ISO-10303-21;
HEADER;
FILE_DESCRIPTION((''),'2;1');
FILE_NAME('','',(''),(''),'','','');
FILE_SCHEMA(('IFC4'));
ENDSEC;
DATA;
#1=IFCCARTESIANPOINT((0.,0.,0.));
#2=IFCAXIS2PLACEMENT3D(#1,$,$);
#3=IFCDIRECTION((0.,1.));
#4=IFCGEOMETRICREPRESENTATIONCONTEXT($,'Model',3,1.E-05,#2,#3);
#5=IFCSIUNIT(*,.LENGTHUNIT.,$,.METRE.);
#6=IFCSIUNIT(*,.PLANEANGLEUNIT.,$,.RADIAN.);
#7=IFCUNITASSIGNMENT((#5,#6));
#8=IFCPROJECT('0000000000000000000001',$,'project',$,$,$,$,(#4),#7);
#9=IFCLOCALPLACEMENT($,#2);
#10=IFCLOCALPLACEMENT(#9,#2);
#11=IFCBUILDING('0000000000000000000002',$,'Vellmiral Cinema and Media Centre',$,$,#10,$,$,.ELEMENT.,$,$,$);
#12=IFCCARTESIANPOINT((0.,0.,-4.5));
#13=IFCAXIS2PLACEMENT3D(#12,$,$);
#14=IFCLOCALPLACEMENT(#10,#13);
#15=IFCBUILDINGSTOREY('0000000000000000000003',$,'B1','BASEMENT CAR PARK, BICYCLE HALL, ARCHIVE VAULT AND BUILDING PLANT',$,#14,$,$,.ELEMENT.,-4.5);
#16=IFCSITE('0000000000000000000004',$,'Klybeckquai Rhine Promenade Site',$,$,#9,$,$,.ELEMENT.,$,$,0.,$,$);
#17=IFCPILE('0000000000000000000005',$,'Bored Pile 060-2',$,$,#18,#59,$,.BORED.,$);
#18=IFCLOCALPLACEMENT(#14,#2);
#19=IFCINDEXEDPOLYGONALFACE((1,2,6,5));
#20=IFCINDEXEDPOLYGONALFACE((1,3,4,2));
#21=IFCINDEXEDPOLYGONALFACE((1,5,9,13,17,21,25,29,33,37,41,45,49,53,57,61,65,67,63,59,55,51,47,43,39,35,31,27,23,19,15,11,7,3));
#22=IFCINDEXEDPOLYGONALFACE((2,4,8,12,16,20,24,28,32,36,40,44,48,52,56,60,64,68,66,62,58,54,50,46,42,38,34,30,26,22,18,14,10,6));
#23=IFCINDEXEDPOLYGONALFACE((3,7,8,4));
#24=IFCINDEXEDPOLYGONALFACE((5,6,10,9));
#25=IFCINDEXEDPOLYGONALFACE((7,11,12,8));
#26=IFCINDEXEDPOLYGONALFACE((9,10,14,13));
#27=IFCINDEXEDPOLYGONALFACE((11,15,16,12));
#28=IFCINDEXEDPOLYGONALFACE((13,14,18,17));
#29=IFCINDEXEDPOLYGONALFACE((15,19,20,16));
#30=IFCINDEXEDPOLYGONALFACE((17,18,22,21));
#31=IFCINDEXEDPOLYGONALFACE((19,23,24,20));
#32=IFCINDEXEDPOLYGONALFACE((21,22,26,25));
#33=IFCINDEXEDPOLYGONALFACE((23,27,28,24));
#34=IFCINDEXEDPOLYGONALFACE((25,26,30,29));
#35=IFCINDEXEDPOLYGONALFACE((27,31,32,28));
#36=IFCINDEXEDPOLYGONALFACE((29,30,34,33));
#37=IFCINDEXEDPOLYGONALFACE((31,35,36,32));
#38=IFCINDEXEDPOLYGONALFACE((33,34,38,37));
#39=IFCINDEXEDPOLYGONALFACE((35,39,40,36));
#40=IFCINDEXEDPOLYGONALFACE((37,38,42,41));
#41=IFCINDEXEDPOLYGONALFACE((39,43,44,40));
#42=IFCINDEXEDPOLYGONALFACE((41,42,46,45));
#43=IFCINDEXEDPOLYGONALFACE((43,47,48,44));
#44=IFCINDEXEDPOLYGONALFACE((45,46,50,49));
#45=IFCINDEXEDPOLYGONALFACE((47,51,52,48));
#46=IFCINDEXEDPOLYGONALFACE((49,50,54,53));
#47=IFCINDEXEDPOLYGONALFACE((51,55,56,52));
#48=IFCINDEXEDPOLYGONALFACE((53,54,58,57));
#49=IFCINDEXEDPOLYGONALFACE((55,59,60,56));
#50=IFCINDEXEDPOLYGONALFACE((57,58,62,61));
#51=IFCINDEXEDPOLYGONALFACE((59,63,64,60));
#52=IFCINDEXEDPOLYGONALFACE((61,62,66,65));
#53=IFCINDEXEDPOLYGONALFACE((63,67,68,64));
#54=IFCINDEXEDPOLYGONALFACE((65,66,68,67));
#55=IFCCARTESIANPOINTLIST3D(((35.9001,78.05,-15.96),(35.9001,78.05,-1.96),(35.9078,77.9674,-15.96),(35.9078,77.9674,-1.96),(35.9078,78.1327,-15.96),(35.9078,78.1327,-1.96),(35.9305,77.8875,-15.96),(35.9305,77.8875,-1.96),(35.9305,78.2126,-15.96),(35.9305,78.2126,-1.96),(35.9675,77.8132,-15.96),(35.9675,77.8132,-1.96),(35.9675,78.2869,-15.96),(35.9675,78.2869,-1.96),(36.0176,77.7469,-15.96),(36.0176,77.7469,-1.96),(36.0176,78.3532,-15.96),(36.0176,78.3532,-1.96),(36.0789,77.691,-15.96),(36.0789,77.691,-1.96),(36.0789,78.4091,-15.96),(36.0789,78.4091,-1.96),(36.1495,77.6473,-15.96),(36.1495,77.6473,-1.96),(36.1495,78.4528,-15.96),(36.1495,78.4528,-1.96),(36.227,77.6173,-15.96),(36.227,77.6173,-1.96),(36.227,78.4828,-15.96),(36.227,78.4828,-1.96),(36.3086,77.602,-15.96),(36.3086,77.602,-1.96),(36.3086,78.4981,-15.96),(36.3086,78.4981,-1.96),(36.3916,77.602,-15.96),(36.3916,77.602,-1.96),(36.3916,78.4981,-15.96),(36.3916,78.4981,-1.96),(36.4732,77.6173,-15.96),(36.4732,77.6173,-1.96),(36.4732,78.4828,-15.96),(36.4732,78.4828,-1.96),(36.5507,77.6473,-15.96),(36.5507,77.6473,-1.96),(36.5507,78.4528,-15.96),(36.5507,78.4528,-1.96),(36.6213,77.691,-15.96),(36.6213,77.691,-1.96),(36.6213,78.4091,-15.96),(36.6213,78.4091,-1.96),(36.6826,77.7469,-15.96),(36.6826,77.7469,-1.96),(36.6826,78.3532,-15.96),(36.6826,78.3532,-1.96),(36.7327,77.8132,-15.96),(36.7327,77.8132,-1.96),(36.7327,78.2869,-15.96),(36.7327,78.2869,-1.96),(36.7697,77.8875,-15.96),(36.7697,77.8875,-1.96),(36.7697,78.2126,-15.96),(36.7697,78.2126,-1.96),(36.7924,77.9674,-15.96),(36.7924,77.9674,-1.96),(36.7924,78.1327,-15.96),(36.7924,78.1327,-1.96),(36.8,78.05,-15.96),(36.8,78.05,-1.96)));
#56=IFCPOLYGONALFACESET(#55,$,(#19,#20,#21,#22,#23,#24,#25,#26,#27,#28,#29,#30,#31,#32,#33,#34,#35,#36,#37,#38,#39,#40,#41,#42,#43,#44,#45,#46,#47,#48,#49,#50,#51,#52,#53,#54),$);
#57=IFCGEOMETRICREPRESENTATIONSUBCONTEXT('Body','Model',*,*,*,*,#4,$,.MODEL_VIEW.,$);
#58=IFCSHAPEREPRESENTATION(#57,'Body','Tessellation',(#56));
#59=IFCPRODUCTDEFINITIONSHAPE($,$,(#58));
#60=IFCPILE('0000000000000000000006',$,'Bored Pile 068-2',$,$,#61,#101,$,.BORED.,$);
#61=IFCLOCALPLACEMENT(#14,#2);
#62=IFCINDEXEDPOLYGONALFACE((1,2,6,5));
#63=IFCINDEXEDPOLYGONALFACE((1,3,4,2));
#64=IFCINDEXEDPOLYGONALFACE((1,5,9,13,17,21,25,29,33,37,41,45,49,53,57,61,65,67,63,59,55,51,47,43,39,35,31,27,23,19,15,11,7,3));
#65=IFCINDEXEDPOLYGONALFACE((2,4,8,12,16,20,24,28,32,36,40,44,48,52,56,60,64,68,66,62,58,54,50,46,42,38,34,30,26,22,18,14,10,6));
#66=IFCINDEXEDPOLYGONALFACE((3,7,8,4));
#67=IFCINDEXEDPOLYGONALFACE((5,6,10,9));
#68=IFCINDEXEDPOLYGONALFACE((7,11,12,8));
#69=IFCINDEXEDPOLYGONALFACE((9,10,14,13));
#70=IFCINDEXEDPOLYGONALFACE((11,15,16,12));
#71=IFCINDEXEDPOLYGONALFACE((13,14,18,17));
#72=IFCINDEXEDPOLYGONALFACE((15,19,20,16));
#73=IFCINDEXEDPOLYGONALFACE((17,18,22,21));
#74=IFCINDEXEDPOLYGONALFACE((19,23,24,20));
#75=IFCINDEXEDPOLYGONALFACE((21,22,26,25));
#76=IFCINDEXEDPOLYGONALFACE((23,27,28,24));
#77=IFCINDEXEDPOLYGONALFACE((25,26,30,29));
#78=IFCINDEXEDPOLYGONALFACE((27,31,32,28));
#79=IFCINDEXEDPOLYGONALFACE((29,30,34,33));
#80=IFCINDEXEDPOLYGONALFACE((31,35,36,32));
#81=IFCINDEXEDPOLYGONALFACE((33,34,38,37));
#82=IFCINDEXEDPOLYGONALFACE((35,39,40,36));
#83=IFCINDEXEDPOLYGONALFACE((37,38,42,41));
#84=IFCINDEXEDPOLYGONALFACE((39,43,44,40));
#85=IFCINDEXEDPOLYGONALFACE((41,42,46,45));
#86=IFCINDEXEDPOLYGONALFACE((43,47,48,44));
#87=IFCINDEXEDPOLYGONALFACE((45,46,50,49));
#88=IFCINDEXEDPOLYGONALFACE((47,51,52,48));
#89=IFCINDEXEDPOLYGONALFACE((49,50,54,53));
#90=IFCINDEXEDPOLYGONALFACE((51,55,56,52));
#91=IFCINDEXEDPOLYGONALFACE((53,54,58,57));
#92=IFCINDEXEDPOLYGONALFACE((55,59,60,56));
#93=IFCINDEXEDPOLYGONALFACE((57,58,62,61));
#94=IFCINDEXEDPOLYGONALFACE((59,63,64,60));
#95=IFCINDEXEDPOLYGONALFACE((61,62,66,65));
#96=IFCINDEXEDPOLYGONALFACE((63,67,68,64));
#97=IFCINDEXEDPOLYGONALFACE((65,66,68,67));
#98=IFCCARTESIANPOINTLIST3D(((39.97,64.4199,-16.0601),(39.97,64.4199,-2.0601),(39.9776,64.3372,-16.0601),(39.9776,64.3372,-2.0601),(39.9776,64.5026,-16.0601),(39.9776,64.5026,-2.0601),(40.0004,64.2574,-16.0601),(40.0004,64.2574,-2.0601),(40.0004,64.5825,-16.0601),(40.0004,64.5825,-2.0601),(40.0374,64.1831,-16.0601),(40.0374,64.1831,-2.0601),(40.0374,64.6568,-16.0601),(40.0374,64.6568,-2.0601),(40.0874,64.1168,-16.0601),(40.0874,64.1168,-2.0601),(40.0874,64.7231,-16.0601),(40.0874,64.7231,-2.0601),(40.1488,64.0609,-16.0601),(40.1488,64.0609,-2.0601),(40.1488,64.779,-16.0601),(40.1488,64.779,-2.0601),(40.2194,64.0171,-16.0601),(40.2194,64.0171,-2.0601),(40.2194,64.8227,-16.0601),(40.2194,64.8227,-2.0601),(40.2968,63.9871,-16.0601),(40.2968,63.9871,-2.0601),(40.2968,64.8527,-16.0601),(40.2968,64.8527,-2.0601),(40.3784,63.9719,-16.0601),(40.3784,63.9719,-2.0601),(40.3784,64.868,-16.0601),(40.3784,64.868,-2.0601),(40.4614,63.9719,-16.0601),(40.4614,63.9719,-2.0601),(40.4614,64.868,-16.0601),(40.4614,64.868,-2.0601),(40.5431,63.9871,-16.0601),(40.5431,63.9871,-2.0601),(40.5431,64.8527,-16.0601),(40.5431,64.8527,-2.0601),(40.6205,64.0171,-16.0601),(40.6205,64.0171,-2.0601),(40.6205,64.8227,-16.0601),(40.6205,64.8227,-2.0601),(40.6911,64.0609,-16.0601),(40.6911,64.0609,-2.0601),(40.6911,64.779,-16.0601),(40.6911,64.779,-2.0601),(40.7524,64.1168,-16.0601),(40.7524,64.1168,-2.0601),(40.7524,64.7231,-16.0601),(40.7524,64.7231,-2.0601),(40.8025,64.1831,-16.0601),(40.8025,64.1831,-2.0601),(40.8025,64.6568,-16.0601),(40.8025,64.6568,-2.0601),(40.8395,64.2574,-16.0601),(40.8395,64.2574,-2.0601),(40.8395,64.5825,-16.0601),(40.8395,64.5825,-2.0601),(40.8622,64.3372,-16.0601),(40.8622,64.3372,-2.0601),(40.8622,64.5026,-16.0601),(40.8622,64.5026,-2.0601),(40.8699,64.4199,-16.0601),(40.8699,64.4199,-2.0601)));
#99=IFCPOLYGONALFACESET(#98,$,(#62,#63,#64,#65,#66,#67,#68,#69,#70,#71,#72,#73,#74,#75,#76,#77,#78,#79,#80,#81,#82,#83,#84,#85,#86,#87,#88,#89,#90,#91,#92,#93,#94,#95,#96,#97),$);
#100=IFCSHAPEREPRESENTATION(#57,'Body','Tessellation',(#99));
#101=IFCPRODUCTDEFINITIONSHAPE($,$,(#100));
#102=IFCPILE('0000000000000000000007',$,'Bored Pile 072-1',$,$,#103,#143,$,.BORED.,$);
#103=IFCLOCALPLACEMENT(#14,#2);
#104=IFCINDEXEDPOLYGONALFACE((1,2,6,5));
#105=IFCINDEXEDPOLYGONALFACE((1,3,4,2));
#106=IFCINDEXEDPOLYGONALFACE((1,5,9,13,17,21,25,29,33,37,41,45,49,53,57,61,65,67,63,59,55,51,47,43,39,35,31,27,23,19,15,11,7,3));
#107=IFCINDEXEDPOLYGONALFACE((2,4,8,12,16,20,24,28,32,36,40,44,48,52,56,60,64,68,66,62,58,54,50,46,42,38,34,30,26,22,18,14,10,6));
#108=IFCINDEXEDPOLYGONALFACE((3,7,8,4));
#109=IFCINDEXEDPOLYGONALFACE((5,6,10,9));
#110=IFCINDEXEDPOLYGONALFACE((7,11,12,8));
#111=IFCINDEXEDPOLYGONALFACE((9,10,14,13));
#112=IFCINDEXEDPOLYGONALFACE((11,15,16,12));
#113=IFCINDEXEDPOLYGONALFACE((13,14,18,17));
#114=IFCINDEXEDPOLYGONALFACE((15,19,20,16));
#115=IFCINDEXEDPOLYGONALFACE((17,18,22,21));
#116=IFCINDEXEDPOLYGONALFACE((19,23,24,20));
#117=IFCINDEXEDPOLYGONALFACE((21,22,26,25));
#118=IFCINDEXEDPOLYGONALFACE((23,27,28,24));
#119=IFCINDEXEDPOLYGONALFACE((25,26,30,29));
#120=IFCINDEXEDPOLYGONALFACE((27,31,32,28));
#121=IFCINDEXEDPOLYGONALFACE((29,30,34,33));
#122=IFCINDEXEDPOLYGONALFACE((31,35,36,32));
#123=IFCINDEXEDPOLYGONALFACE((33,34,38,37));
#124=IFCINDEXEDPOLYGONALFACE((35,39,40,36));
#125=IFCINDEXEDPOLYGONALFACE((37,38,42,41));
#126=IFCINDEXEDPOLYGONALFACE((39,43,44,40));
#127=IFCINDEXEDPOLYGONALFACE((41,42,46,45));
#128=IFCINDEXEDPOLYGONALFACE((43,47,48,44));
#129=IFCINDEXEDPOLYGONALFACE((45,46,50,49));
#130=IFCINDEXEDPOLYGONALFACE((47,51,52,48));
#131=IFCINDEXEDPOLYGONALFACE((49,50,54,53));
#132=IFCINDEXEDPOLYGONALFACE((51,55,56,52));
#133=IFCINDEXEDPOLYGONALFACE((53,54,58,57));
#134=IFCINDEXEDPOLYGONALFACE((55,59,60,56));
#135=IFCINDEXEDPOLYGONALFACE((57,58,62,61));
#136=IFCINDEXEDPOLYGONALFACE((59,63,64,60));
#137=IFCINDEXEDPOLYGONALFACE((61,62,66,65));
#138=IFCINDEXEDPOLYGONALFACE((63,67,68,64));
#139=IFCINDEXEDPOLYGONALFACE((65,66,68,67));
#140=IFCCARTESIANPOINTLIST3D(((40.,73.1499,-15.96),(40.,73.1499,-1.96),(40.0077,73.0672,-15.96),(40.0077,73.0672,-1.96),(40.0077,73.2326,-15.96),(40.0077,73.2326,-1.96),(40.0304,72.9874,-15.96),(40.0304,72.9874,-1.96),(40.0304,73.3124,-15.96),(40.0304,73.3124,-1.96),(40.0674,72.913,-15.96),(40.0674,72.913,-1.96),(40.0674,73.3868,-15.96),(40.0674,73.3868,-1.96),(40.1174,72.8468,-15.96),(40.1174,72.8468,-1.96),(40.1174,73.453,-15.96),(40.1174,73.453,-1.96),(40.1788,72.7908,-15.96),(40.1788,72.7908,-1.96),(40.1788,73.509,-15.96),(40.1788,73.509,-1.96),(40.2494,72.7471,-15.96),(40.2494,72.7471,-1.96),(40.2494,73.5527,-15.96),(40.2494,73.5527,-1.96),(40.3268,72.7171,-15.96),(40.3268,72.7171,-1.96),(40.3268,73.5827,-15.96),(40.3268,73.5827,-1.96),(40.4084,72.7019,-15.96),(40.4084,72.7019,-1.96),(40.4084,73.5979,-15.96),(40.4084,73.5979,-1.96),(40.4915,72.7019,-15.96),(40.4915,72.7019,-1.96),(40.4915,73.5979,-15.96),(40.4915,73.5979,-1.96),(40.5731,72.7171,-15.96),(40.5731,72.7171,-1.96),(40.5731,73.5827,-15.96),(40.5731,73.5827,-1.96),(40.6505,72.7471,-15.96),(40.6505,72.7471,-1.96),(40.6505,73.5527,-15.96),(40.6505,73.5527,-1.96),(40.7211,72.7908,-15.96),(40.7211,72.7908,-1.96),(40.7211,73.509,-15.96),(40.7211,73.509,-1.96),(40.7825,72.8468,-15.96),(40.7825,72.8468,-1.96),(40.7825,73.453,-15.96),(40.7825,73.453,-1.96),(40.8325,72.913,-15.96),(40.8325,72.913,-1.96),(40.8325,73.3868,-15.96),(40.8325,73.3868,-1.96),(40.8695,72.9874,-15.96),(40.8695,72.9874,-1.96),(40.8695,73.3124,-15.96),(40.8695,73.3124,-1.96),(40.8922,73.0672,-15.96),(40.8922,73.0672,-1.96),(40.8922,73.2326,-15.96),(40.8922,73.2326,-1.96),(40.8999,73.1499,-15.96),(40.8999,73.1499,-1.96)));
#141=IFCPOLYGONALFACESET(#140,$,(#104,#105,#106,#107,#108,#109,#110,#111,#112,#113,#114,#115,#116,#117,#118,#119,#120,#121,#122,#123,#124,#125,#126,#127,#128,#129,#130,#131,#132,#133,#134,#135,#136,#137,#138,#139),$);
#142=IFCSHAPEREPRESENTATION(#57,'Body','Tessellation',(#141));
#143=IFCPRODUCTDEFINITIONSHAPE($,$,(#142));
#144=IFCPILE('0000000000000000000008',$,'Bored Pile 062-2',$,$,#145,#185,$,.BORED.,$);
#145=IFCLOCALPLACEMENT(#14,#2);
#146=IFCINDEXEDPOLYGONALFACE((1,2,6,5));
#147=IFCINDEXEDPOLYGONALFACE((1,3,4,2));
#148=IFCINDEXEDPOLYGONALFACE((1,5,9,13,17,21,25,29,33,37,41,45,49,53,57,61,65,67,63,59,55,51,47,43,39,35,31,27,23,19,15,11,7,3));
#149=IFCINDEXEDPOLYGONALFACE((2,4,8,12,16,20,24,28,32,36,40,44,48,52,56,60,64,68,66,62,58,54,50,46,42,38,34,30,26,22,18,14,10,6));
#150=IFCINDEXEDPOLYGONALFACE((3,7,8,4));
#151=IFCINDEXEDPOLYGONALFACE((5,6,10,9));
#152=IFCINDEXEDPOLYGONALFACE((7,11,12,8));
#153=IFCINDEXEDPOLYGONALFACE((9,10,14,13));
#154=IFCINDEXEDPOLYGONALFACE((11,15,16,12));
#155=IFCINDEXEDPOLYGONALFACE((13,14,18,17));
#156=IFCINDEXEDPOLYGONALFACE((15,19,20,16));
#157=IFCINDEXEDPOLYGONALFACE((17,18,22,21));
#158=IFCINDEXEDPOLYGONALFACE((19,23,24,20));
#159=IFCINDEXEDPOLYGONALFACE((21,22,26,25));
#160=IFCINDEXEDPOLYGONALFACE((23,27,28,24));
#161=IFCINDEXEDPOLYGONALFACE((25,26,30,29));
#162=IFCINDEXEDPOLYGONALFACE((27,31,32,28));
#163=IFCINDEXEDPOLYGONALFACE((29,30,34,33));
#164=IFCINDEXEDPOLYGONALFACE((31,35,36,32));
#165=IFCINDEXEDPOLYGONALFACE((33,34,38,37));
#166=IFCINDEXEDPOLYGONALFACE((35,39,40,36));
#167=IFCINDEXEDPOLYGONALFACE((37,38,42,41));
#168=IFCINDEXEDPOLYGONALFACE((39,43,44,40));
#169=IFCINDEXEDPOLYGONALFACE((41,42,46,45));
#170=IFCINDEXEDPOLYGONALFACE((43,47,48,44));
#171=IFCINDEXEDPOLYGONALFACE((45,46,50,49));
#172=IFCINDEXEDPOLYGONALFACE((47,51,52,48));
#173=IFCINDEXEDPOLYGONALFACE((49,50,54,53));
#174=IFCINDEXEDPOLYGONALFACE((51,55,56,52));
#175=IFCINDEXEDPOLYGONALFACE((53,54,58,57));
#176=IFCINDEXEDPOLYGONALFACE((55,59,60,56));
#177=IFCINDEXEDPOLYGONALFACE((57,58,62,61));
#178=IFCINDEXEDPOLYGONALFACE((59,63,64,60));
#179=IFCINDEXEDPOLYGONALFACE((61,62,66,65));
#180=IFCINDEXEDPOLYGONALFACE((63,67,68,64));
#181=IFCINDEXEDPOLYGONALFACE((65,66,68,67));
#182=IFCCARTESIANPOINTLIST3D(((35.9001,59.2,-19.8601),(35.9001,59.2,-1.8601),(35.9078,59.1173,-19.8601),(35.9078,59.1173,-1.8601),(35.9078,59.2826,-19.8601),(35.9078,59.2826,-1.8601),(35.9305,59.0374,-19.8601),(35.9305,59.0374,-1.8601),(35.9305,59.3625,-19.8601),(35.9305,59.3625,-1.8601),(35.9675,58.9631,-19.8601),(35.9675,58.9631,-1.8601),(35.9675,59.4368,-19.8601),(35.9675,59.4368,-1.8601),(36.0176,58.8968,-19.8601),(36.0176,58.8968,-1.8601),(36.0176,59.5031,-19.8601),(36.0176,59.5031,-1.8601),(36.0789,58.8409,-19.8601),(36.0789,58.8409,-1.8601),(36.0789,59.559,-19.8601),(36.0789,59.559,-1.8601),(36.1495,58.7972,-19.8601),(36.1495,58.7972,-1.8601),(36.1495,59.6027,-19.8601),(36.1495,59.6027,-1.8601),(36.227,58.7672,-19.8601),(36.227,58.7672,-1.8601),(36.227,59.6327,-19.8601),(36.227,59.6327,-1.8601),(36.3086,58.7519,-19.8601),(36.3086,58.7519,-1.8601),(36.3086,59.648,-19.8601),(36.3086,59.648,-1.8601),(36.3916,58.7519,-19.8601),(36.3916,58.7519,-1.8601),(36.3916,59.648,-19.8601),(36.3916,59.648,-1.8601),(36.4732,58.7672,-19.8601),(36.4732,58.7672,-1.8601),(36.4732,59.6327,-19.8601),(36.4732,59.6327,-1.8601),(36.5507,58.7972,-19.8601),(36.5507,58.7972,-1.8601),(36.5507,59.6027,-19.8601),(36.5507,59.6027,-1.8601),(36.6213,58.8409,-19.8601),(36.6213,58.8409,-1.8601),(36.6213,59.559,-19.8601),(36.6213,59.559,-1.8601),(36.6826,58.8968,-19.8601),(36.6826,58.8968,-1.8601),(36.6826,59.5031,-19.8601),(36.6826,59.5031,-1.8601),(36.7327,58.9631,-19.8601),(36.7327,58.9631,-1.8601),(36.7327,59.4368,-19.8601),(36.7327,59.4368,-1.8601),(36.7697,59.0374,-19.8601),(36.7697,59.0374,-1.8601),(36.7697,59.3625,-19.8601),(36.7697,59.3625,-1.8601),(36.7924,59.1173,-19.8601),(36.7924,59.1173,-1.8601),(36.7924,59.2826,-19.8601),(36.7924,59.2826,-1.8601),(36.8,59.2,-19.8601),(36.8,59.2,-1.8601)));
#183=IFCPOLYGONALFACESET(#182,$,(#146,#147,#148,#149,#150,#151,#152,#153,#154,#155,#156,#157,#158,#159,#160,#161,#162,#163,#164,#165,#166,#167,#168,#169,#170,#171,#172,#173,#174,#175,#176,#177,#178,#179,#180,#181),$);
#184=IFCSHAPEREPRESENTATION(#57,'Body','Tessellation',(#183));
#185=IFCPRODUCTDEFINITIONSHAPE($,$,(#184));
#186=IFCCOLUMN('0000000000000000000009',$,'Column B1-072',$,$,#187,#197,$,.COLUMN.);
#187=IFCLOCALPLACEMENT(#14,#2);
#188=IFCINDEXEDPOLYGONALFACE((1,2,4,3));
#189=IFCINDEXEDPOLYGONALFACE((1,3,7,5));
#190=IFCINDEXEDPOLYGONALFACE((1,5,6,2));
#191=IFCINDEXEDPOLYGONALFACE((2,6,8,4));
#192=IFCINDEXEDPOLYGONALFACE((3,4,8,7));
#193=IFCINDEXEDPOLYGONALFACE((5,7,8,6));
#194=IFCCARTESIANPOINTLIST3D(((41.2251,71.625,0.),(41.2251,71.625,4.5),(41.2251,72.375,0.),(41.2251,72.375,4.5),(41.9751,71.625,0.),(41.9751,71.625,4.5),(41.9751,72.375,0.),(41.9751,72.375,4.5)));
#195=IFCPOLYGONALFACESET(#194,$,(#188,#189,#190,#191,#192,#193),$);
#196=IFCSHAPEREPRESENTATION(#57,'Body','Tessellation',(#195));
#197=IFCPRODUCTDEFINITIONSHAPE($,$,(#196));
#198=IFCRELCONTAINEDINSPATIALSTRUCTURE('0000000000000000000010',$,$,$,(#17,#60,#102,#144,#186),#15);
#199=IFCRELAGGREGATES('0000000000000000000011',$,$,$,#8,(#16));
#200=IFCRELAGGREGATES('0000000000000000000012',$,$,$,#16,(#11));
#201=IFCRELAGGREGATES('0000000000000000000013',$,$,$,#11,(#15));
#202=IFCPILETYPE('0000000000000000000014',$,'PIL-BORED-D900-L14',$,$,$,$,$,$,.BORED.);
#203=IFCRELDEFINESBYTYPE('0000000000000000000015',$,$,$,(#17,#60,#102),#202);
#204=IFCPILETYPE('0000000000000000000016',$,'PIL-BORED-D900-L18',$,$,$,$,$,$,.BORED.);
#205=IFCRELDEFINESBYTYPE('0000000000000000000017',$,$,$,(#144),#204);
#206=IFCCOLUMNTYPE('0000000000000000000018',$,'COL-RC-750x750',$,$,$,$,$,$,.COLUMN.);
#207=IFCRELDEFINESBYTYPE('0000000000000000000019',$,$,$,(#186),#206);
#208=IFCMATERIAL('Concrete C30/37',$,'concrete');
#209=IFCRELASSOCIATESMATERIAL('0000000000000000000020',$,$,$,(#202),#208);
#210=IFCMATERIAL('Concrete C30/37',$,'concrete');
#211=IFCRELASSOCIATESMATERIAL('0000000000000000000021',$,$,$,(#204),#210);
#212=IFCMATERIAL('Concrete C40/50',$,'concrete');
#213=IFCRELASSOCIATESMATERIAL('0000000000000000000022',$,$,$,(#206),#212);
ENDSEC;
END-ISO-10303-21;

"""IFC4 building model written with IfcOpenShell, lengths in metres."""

from ifc_helpers import new_model, si_unit, direction, frame, origin, origin_2d, place, context, subcontext, project, spatial, rectangle, circle, extrude, material, material_profile, profile_set, type_object, element, save


model = new_model("IFC4")

# Units and contexts
model_context = context("Model", 3, precision=1e-05, world=origin(), true_north=direction((0.0, 1.0)))
body_context = subcontext(model_context, "Body", "Model", "MODEL_VIEW")
ifc_project = project(units=[si_unit("LENGTHUNIT", "METRE"), si_unit("PLANEANGLEUNIT", "RADIAN")], contexts=[model_context])

# Site, building, storey
site_placement = place(None, origin())
site = spatial("IfcSite", under=ifc_project, at=site_placement, Name="Klybeckquai Rhine Promenade Site", CompositionType="ELEMENT", RefElevation=0.0)
building_placement = place(site_placement, origin())
building = spatial("IfcBuilding", under=site, at=building_placement, Name="Vellmiral Cinema and Media Centre", CompositionType="ELEMENT")
storey_placement = place(building_placement, frame((0.0, 0.0, -4.5)))
storey = spatial("IfcBuildingStorey", under=building, at=storey_placement, Name="B1", Description="BASEMENT CAR PARK, BICYCLE HALL, ARCHIVE VAULT AND BUILDING PLANT", CompositionType="ELEMENT", Elevation=-4.5)

# Piles
ifc_material_1 = material(Name="Concrete C30/37", Category="concrete")
ifc_material_profile_1 = material_profile(ifc_material_1, circle(Radius=0.45, at=origin_2d()), Name="PILE D900")
ifc_profile_set_1 = profile_set([ifc_material_profile_1], Name="Concrete C30/37")
pile_type_1 = type_object("IfcPileType", Name="PIL-BORED-D900-L14", PredefinedType="BORED", material=ifc_profile_set_1)
for number, where, z_axis, x_axis, name in (
    (1, (36.3501, 78.05, -1.96), (0.0, 0.0, -1.0), (1.0, 0.0, 0.0), "Bored Pile 060-2"),
    (2, (40.4199, 64.4199, -2.0601), (0.0, 0.0, -1.0), (1.0, 0.0, 0.0), "Bored Pile 068-2"),
    (3, (40.45, 73.1499, -1.96), (0.0, 0.0, -1.0), (1.0, 0.0, 0.0), "Bored Pile 072-1"),
):
    element("IfcPile", number, at=place(storey_placement, frame(where, z_axis=z_axis, x_axis=x_axis)), inside=storey, type_object=pile_type_1, Name=name, PredefinedType="BORED", context=body_context, shape_type="SweptSolid", body=[
        extrude(circle(Radius=0.45, at=origin_2d()), origin(), (0.0, 0.0, 1.0), 14.0),
    ])
ifc_material_2 = material(Name="Concrete C30/37", Category="concrete")
ifc_material_profile_2 = material_profile(ifc_material_2, circle(Radius=0.45, at=origin_2d()), Name="PILE D900")
ifc_profile_set_2 = profile_set([ifc_material_profile_2], Name="Concrete C30/37")
pile_type_2 = type_object("IfcPileType", Name="PIL-BORED-D900-L18", PredefinedType="BORED", material=ifc_profile_set_2)
pile_placement = place(storey_placement, frame((36.3501, 59.2, -1.8601), z_axis=(0.0, 0.0, -1.0), x_axis=(1.0, 0.0, 0.0)))
element("IfcPile", 4, at=pile_placement, inside=storey, type_object=pile_type_2, Name="Bored Pile 062-2", PredefinedType="BORED", context=body_context, shape_type="SweptSolid", body=[
    extrude(circle(Radius=0.45, at=origin_2d()), origin(), (0.0, 0.0, 1.0), 18.0),
])

# Column
ifc_material_3 = material(Name="Concrete C40/50", Category="concrete")
ifc_material_profile_3 = material_profile(ifc_material_3, rectangle(XDim=0.75, YDim=0.75, at=origin_2d()), Name="RC 750x750")
ifc_profile_set_3 = profile_set([ifc_material_profile_3], Name="Concrete C40/50")
column_type_1 = type_object("IfcColumnType", Name="COL-RC-750x750", PredefinedType="COLUMN", material=ifc_profile_set_3)
column_placement = place(storey_placement, frame((41.6001, 72.0, 0.0), z_axis=(0.0, 0.0, 1.0), x_axis=(1.0, 0.0, 0.0)))
element("IfcColumn", 5, at=column_placement, inside=storey, type_object=column_type_1, Name="Column B1-072", PredefinedType="COLUMN", context=body_context, shape_type="SweptSolid", body=[
    extrude(rectangle(XDim=0.75, YDim=0.75, at=origin_2d()), origin(), (0.0, 0.0, 1.0), 4.5),
])

save(model, "model.ifc")
